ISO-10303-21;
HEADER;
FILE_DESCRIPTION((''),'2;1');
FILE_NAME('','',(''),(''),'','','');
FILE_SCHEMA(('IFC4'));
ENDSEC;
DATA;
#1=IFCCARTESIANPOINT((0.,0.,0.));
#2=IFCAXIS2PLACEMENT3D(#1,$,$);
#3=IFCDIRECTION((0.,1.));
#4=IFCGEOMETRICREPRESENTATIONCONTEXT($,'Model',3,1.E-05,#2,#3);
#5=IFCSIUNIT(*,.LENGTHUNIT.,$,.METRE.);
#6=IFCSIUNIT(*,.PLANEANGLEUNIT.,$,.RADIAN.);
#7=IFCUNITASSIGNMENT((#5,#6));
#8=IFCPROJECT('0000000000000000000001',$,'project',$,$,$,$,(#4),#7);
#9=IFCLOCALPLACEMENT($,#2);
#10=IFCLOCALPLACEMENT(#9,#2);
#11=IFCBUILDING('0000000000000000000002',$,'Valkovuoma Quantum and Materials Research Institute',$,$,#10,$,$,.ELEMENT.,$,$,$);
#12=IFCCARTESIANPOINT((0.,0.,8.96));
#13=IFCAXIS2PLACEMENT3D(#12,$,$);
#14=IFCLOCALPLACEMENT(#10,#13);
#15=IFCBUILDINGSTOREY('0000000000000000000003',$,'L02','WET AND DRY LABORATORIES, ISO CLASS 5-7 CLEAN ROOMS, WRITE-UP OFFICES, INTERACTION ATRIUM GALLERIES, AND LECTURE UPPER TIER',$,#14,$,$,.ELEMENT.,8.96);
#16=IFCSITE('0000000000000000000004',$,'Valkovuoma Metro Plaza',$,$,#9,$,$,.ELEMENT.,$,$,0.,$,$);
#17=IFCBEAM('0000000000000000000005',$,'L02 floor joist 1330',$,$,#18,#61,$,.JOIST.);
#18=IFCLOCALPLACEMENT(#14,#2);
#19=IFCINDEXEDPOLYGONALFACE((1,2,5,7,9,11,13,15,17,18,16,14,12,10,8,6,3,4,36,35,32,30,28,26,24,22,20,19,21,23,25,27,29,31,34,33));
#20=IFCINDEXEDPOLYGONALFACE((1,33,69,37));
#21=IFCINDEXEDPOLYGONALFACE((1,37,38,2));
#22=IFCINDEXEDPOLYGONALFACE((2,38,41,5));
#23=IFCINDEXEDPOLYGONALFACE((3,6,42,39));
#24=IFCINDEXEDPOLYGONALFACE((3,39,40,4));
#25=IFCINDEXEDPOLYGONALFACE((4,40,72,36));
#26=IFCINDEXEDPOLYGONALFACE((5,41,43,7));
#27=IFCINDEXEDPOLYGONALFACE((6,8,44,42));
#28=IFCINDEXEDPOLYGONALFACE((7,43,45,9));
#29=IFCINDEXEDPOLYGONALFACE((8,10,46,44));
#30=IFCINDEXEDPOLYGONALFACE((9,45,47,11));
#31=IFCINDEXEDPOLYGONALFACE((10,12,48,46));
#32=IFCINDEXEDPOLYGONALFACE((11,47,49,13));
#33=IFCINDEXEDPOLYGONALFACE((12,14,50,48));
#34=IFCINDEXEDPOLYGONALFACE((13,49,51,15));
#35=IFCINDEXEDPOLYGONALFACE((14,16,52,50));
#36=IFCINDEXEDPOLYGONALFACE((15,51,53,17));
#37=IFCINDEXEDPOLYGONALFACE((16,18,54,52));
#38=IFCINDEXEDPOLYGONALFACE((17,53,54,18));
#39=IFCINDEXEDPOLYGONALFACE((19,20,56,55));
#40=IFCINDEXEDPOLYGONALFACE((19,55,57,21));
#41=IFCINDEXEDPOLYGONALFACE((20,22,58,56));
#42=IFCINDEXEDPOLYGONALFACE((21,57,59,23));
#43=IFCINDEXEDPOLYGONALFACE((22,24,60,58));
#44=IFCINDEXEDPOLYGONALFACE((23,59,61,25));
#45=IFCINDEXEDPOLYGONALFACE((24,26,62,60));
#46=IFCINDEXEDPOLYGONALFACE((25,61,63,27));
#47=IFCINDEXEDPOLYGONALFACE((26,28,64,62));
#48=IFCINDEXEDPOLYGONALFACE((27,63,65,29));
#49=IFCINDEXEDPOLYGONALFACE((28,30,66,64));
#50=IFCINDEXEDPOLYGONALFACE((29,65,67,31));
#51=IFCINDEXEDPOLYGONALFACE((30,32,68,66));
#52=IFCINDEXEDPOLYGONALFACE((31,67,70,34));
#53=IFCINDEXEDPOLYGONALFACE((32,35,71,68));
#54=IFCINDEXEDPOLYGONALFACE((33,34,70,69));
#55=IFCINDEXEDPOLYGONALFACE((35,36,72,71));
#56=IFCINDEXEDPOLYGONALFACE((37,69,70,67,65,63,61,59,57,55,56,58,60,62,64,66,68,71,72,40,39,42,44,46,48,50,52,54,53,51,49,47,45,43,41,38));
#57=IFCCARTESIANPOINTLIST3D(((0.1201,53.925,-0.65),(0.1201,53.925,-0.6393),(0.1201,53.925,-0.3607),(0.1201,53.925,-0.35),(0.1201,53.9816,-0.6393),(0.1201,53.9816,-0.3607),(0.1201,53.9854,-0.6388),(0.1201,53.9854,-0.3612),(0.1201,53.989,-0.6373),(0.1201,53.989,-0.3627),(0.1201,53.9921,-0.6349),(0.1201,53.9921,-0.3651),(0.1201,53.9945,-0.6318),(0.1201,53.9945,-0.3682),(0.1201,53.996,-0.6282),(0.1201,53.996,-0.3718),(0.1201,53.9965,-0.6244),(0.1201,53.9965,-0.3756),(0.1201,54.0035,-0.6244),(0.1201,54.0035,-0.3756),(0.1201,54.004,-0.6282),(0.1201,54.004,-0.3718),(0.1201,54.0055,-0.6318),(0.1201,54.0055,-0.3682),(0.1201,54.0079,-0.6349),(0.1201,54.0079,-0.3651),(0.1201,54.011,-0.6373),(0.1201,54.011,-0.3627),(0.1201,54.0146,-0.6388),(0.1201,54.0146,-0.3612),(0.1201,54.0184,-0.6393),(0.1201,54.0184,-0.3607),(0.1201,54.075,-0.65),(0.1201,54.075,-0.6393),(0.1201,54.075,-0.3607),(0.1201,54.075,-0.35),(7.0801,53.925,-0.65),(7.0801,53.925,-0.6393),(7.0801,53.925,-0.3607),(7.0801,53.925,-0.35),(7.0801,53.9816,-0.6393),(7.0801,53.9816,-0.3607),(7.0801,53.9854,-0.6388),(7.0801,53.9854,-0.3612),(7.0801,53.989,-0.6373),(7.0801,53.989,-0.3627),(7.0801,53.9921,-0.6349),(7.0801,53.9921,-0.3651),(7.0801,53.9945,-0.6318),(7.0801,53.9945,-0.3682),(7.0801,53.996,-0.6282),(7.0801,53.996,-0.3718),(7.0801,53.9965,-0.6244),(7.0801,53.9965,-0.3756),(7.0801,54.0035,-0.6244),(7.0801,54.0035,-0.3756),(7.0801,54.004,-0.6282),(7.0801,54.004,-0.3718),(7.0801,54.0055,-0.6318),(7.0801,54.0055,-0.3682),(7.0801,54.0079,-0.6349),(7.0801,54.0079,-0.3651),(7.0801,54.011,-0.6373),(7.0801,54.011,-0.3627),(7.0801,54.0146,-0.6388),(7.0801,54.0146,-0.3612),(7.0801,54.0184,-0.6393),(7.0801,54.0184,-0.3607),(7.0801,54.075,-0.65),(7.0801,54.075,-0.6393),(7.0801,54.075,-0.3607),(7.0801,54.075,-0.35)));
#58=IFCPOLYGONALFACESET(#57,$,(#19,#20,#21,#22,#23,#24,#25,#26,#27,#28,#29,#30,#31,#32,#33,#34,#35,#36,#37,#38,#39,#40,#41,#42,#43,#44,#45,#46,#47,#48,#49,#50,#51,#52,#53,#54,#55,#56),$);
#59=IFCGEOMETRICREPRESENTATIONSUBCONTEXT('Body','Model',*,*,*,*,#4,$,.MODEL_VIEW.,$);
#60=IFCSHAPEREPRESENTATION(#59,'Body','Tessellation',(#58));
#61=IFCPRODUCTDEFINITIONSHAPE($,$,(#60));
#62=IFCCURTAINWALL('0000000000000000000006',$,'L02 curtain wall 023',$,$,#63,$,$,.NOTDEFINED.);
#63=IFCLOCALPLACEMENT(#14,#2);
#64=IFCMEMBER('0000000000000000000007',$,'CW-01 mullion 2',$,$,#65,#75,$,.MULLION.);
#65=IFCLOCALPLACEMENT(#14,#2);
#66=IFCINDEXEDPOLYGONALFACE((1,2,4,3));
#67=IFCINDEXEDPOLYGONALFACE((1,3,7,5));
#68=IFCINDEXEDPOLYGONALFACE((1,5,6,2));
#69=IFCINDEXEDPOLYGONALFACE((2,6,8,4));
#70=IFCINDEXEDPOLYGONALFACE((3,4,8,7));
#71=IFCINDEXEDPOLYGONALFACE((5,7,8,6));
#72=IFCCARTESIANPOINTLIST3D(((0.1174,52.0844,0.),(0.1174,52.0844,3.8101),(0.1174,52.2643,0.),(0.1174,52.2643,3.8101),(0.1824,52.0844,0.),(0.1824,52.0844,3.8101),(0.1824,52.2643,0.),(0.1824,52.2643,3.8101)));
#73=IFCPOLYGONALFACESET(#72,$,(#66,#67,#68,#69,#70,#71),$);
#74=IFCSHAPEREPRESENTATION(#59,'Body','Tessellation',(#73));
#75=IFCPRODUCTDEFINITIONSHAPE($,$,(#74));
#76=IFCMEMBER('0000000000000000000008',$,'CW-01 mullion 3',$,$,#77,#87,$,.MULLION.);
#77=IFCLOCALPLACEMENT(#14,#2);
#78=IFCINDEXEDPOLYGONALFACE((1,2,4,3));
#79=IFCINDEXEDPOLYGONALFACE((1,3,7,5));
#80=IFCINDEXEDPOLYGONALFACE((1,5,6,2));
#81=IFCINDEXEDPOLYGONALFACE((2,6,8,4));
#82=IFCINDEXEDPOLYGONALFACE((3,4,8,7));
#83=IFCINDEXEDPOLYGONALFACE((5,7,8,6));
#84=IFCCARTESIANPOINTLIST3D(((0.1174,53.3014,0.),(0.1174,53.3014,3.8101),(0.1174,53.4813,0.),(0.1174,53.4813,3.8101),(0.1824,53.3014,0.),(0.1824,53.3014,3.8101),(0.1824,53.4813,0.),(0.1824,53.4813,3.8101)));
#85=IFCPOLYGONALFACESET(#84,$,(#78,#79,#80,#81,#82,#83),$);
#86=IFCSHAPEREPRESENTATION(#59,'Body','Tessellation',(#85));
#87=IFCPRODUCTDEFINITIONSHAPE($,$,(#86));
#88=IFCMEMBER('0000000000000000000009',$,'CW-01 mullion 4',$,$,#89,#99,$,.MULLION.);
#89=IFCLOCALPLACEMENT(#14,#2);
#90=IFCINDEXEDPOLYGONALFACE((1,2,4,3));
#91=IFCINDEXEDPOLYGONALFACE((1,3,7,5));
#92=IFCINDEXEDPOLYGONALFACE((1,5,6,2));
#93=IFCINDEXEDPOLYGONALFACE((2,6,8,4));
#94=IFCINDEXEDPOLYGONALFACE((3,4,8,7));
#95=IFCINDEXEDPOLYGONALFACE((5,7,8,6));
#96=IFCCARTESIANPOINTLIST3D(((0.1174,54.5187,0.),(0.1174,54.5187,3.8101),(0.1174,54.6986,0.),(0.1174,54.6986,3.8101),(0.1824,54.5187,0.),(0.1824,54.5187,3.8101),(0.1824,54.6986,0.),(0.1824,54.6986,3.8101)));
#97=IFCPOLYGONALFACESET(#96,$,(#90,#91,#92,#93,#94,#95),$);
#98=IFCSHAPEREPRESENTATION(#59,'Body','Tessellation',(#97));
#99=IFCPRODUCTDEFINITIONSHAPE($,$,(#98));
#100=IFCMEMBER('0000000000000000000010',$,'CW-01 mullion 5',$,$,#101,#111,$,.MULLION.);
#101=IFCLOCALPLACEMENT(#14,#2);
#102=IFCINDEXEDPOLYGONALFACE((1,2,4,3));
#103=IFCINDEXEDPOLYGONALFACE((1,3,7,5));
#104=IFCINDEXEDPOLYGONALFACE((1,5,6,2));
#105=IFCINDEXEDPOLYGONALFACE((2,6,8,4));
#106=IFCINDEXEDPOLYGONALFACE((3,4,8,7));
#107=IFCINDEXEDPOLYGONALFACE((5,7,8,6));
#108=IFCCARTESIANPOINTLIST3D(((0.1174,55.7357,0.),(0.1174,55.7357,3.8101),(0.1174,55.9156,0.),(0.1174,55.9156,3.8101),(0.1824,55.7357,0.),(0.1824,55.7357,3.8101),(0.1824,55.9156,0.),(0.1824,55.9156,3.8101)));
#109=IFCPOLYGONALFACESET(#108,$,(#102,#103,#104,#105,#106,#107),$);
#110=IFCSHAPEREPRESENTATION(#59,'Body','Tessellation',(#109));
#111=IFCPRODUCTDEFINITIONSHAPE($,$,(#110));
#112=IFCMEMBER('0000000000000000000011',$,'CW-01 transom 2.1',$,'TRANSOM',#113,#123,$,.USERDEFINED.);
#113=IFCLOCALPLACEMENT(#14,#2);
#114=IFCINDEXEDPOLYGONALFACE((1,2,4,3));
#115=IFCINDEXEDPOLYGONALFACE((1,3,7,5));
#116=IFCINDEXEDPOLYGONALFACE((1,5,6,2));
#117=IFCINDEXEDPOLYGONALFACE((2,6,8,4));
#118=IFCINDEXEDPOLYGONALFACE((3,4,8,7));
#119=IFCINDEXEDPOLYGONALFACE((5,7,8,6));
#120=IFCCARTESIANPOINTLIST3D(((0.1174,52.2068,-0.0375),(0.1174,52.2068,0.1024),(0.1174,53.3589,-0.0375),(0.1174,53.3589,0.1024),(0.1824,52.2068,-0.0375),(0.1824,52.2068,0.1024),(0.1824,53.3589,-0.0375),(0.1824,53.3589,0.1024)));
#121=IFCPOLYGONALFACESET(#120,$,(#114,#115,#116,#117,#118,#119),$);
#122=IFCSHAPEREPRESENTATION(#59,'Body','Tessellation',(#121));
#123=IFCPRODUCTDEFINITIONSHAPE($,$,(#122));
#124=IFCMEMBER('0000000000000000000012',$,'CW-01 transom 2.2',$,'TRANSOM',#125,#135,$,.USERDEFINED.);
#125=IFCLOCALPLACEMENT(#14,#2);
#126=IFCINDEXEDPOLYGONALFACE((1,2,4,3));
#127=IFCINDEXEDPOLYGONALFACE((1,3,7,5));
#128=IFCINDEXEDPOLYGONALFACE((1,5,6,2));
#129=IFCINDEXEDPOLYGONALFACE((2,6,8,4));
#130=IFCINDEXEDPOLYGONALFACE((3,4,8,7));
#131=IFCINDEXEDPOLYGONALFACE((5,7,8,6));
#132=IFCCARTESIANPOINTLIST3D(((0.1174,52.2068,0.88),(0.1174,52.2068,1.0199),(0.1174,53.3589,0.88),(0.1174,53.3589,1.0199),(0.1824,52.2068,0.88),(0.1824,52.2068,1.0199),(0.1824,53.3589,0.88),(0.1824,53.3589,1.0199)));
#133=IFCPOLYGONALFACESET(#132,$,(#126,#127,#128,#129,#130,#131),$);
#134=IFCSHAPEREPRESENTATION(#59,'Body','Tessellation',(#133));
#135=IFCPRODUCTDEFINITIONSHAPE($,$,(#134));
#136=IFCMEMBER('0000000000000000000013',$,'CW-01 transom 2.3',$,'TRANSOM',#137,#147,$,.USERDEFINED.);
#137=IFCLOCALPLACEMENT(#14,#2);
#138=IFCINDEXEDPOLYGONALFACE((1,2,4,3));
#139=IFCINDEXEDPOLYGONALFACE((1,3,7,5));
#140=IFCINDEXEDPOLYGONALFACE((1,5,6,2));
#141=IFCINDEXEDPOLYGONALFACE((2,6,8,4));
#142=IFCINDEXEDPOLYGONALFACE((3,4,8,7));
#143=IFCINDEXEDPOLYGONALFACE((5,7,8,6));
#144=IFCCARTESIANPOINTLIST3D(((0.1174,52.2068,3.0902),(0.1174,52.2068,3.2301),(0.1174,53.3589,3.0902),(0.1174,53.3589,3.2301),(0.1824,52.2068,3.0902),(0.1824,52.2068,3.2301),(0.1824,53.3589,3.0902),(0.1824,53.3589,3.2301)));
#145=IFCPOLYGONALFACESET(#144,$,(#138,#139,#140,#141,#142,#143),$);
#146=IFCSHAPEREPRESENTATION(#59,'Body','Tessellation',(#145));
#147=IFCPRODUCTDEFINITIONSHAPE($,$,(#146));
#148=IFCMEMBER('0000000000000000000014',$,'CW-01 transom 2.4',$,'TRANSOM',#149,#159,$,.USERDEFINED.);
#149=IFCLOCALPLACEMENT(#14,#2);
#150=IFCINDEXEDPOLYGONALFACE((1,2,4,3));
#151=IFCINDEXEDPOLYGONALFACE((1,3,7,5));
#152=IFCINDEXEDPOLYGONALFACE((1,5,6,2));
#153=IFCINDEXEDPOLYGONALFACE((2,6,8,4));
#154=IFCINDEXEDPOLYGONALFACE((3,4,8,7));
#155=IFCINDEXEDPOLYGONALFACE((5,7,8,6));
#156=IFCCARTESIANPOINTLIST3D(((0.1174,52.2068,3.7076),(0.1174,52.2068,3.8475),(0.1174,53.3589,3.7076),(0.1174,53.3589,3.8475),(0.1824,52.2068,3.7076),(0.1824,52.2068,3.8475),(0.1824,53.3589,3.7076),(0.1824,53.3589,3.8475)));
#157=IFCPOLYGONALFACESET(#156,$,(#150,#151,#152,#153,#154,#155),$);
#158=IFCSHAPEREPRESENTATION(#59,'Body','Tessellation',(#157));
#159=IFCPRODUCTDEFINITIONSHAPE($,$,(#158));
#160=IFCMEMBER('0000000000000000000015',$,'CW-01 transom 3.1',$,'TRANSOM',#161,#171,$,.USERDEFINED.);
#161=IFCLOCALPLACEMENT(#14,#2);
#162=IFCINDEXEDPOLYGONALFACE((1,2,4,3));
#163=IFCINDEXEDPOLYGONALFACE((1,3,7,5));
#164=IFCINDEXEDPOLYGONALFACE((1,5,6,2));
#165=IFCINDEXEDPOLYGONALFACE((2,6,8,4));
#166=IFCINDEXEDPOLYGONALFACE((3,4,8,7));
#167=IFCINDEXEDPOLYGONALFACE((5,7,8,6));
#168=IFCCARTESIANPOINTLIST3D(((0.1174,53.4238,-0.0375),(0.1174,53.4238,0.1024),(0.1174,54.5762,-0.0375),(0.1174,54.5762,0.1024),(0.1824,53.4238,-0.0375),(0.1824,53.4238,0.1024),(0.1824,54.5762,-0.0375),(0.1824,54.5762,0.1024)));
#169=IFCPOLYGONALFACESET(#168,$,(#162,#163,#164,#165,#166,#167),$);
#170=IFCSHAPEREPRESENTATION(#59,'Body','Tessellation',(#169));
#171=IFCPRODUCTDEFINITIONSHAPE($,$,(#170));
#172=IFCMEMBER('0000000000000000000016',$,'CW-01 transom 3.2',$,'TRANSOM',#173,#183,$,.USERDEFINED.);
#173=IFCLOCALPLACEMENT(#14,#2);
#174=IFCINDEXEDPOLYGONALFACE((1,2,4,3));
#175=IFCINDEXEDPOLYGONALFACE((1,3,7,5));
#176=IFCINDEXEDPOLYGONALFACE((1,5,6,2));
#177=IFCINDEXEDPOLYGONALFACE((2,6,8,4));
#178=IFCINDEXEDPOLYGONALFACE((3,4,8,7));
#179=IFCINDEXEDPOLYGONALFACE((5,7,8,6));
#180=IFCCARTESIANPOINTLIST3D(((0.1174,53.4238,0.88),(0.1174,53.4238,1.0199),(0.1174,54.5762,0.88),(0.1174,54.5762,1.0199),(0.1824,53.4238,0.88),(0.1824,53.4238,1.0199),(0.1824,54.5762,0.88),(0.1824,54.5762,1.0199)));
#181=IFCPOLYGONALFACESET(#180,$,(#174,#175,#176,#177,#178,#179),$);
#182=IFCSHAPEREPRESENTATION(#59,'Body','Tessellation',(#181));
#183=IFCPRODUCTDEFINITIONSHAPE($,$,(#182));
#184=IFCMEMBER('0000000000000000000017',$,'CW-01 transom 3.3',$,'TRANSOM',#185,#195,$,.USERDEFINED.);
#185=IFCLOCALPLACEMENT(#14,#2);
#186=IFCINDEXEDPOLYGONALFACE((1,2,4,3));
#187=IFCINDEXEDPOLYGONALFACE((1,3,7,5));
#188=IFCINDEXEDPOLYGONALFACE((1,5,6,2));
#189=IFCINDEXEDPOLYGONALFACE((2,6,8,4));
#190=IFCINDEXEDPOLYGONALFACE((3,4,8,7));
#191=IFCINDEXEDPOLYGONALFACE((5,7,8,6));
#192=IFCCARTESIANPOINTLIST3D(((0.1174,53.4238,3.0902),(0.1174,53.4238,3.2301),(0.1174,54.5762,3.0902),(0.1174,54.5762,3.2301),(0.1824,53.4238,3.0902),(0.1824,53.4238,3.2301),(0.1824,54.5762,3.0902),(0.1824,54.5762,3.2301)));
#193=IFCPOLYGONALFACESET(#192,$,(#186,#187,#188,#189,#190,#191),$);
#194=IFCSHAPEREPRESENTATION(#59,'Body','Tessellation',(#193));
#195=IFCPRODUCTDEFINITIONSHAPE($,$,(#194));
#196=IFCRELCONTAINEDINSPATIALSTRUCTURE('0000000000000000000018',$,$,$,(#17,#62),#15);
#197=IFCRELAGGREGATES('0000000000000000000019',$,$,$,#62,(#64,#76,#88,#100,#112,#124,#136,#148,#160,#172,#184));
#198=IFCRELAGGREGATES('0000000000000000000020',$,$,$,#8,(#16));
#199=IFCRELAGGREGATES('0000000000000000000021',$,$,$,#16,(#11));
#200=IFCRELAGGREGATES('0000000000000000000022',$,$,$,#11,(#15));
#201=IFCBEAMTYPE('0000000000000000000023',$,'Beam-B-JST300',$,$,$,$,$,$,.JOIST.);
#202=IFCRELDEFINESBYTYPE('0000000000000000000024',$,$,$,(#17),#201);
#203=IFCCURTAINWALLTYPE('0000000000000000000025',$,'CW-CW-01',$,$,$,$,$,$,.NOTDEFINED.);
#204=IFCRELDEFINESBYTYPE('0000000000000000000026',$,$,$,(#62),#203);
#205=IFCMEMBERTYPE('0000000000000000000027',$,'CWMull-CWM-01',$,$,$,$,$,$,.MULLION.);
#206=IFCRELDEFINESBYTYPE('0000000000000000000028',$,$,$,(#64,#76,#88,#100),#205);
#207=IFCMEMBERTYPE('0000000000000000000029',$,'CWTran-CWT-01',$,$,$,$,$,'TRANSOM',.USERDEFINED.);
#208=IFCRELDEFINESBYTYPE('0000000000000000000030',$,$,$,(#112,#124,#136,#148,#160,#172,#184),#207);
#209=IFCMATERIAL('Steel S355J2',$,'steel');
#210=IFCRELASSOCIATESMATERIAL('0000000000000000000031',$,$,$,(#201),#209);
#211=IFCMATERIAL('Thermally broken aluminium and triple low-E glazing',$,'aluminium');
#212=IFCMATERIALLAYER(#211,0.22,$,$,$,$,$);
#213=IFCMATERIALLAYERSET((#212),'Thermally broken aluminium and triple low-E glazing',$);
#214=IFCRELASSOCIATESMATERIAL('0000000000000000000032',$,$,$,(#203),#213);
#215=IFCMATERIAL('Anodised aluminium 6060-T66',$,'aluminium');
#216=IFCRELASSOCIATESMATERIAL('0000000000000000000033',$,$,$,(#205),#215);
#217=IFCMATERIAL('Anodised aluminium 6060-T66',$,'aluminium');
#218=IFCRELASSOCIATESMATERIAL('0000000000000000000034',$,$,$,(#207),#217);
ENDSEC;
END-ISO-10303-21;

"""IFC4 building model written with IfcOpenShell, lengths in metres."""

from ifc_helpers import new_model, si_unit, direction, frame, origin, origin_2d, place, context, subcontext, project, spatial, rectangle, i_section, extrude, material, layer, layer_set, material_profile, profile_set, type_object, element, aggregate, save


model = new_model("IFC4")

# Units and contexts
model_context = context("Model", 3, precision=1e-05, world=origin(), true_north=direction((0.0, 1.0)))
body_context = subcontext(model_context, "Body", "Model", "MODEL_VIEW")
ifc_project = project(units=[si_unit("LENGTHUNIT", "METRE"), si_unit("PLANEANGLEUNIT", "RADIAN")], contexts=[model_context])

# Site, building, storey
site_placement = place(None, origin())
site = spatial("IfcSite", under=ifc_project, at=site_placement, Name="Valkovuoma Metro Plaza", CompositionType="ELEMENT", RefElevation=0.0)
building_placement = place(site_placement, origin())
building = spatial("IfcBuilding", under=site, at=building_placement, Name="Valkovuoma Quantum and Materials Research Institute", CompositionType="ELEMENT")
storey_placement = place(building_placement, frame((0.0, 0.0, 8.96)))
storey = spatial("IfcBuildingStorey", under=building, at=storey_placement, Name="L02", Description="WET AND DRY LABORATORIES, ISO CLASS 5-7 CLEAN ROOMS, WRITE-UP OFFICES, INTERACTION ATRIUM GALLERIES, AND LECTURE UPPER TIER", CompositionType="ELEMENT", Elevation=8.96)

# Beam
ifc_material_1 = material(Name="Steel S355J2", Category="steel")
ifc_material_profile_1 = material_profile(ifc_material_1, i_section(OverallWidth=0.1499, OverallDepth=0.3, WebThickness=0.0071, FlangeThickness=0.0107, FilletRadius=0.0149, at=origin_2d()), Name="Steel S355J2")
ifc_profile_set_1 = profile_set([ifc_material_profile_1], Name="Steel S355J2")
beam_type = type_object("IfcBeamType", Name="Beam-B-JST300", PredefinedType="JOIST", material=ifc_profile_set_1)
beam_placement = place(storey_placement, frame((0.1201, 54.0, -0.5), z_axis=(1.0, 0.0, 0.0), x_axis=(0.0, 1.0, 0.0)))
element("IfcBeam", 1, at=beam_placement, inside=storey, type_object=beam_type, Name="L02 floor joist 1330", PredefinedType="JOIST", context=body_context, shape_type="SweptSolid", body=[
    extrude(i_section(OverallWidth=0.1499, OverallDepth=0.3, WebThickness=0.0071, FlangeThickness=0.0107, FilletRadius=0.0149, at=origin_2d()), origin(), (0.0, 0.0, 1.0), 6.96),
])

# Curtain wall, members
ifc_material_2 = material(Name="Thermally broken aluminium and triple low-E glazing", Category="aluminium")
ifc_layer_1 = layer(ifc_material_2, 0.22)
ifc_layer_set_1 = layer_set([ifc_layer_1], Name="Thermally broken aluminium and triple low-E glazing")
curtain_wall_type = type_object("IfcCurtainWallType", Name="CW-CW-01", PredefinedType="NOTDEFINED", material=ifc_layer_set_1)
curtain_wall_placement = place(storey_placement, origin())
curtain_wall = element("IfcCurtainWall", 2, at=curtain_wall_placement, inside=storey, type_object=curtain_wall_type, Name="L02 curtain wall 023", PredefinedType="NOTDEFINED")
ifc_material_3 = material(Name="Anodised aluminium 6060-T66", Category="aluminium")
ifc_material_profile_2 = material_profile(ifc_material_3, rectangle(XDim=0.0649, YDim=0.1799, at=origin_2d()), Name="Anodised aluminium 6060-T66")
ifc_profile_set_2 = profile_set([ifc_material_profile_2], Name="Anodised aluminium 6060-T66")
member_type_1 = type_object("IfcMemberType", Name="CWMull-CWM-01", PredefinedType="MULLION", material=ifc_profile_set_2)
member_1_placement = place(storey_placement, frame((0.1499, 52.1743, 0.0), z_axis=(0.0, 0.0, 1.0), x_axis=(-1.0, 0.0, 0.0)))
member_1 = element("IfcMember", 3, at=member_1_placement, type_object=member_type_1, Name="CW-01 mullion 2", PredefinedType="MULLION", context=body_context, shape_type="SweptSolid", body=[
    extrude(rectangle(XDim=0.0649, YDim=0.1799, at=origin_2d()), origin(), (0.0, 0.0, 1.0), 3.8101),
])
member_2_placement = place(storey_placement, frame((0.1499, 53.3914, 0.0), z_axis=(0.0, 0.0, 1.0), x_axis=(-1.0, 0.0, 0.0)))
member_2 = element("IfcMember", 4, at=member_2_placement, type_object=member_type_1, Name="CW-01 mullion 3", PredefinedType="MULLION", context=body_context, shape_type="SweptSolid", body=[
    extrude(rectangle(XDim=0.0649, YDim=0.1799, at=origin_2d()), origin(), (0.0, 0.0, 1.0), 3.8101),
])
member_3_placement = place(storey_placement, frame((0.1499, 54.6086, 0.0), z_axis=(0.0, 0.0, 1.0), x_axis=(-1.0, 0.0, 0.0)))
member_3 = element("IfcMember", 5, at=member_3_placement, type_object=member_type_1, Name="CW-01 mullion 4", PredefinedType="MULLION", context=body_context, shape_type="SweptSolid", body=[
    extrude(rectangle(XDim=0.0649, YDim=0.1799, at=origin_2d()), origin(), (0.0, 0.0, 1.0), 3.8101),
])
member_4_placement = place(storey_placement, frame((0.1499, 55.8257, 0.0), z_axis=(0.0, 0.0, 1.0), x_axis=(-1.0, 0.0, 0.0)))
member_4 = element("IfcMember", 6, at=member_4_placement, type_object=member_type_1, Name="CW-01 mullion 5", PredefinedType="MULLION", context=body_context, shape_type="SweptSolid", body=[
    extrude(rectangle(XDim=0.0649, YDim=0.1799, at=origin_2d()), origin(), (0.0, 0.0, 1.0), 3.8101),
])
ifc_material_4 = material(Name="Anodised aluminium 6060-T66", Category="aluminium")
ifc_material_profile_3 = material_profile(ifc_material_4, rectangle(XDim=0.0649, YDim=0.1399, at=origin_2d()), Name="Anodised aluminium 6060-T66")
ifc_profile_set_3 = profile_set([ifc_material_profile_3], Name="Anodised aluminium 6060-T66")
member_type_2 = type_object("IfcMemberType", Name="CWTran-CWT-01", ElementType="TRANSOM", PredefinedType="USERDEFINED", material=ifc_profile_set_3)
member_5_placement = place(storey_placement, frame((0.1499, 52.2068, 0.0325), z_axis=(0.0, 1.0, 0.0), x_axis=(-1.0, 0.0, 0.0)))
member_5 = element("IfcMember", 7, at=member_5_placement, type_object=member_type_2, Name="CW-01 transom 2.1", ObjectType="TRANSOM", PredefinedType="USERDEFINED", context=body_context, shape_type="SweptSolid", body=[
    extrude(rectangle(XDim=0.0649, YDim=0.1399, at=origin_2d()), origin(), (0.0, 0.0, 1.0), 1.1521),
])
member_6_placement = place(storey_placement, frame((0.1499, 52.2068, 0.95), z_axis=(0.0, 1.0, 0.0), x_axis=(-1.0, 0.0, 0.0)))
member_6 = element("IfcMember", 8, at=member_6_placement, type_object=member_type_2, Name="CW-01 transom 2.2", ObjectType="TRANSOM", PredefinedType="USERDEFINED", context=body_context, shape_type="SweptSolid", body=[
    extrude(rectangle(XDim=0.0649, YDim=0.1399, at=origin_2d()), origin(), (0.0, 0.0, 1.0), 1.1521),
])
member_7_placement = place(storey_placement, frame((0.1499, 52.2068, 3.1602), z_axis=(0.0, 1.0, 0.0), x_axis=(-1.0, 0.0, 0.0)))
member_7 = element("IfcMember", 9, at=member_7_placement, type_object=member_type_2, Name="CW-01 transom 2.3", ObjectType="TRANSOM", PredefinedType="USERDEFINED", context=body_context, shape_type="SweptSolid", body=[
    extrude(rectangle(XDim=0.0649, YDim=0.1399, at=origin_2d()), origin(), (0.0, 0.0, 1.0), 1.1521),
])
member_8_placement = place(storey_placement, frame((0.1499, 52.2068, 3.7776), z_axis=(0.0, 1.0, 0.0), x_axis=(-1.0, 0.0, 0.0)))
member_8 = element("IfcMember", 10, at=member_8_placement, type_object=member_type_2, Name="CW-01 transom 2.4", ObjectType="TRANSOM", PredefinedType="USERDEFINED", context=body_context, shape_type="SweptSolid", body=[
    extrude(rectangle(XDim=0.0649, YDim=0.1399, at=origin_2d()), origin(), (0.0, 0.0, 1.0), 1.1521),
])
member_9_placement = place(storey_placement, frame((0.1499, 53.4238, 0.0325), z_axis=(0.0, 1.0, 0.0), x_axis=(-1.0, 0.0, 0.0)))
member_9 = element("IfcMember", 11, at=member_9_placement, type_object=member_type_2, Name="CW-01 transom 3.1", ObjectType="TRANSOM", PredefinedType="USERDEFINED", context=body_context, shape_type="SweptSolid", body=[
    extrude(rectangle(XDim=0.0649, YDim=0.1399, at=origin_2d()), origin(), (0.0, 0.0, 1.0), 1.1523),
])
member_10_placement = place(storey_placement, frame((0.1499, 53.4238, 0.95), z_axis=(0.0, 1.0, 0.0), x_axis=(-1.0, 0.0, 0.0)))
member_10 = element("IfcMember", 12, at=member_10_placement, type_object=member_type_2, Name="CW-01 transom 3.2", ObjectType="TRANSOM", PredefinedType="USERDEFINED", context=body_context, shape_type="SweptSolid", body=[
    extrude(rectangle(XDim=0.0649, YDim=0.1399, at=origin_2d()), origin(), (0.0, 0.0, 1.0), 1.1523),
])
member_11_placement = place(storey_placement, frame((0.1499, 53.4238, 3.1602), z_axis=(0.0, 1.0, 0.0), x_axis=(-1.0, 0.0, 0.0)))
member_11 = element("IfcMember", 13, at=member_11_placement, type_object=member_type_2, Name="CW-01 transom 3.3", ObjectType="TRANSOM", PredefinedType="USERDEFINED", context=body_context, shape_type="SweptSolid", body=[
    extrude(rectangle(XDim=0.0649, YDim=0.1399, at=origin_2d()), origin(), (0.0, 0.0, 1.0), 1.1523),
])
aggregate(curtain_wall, [member_1, member_2, member_3, member_4, member_5, member_6, member_7, member_8, member_9, member_10, member_11])

save(model, "model.ifc")
